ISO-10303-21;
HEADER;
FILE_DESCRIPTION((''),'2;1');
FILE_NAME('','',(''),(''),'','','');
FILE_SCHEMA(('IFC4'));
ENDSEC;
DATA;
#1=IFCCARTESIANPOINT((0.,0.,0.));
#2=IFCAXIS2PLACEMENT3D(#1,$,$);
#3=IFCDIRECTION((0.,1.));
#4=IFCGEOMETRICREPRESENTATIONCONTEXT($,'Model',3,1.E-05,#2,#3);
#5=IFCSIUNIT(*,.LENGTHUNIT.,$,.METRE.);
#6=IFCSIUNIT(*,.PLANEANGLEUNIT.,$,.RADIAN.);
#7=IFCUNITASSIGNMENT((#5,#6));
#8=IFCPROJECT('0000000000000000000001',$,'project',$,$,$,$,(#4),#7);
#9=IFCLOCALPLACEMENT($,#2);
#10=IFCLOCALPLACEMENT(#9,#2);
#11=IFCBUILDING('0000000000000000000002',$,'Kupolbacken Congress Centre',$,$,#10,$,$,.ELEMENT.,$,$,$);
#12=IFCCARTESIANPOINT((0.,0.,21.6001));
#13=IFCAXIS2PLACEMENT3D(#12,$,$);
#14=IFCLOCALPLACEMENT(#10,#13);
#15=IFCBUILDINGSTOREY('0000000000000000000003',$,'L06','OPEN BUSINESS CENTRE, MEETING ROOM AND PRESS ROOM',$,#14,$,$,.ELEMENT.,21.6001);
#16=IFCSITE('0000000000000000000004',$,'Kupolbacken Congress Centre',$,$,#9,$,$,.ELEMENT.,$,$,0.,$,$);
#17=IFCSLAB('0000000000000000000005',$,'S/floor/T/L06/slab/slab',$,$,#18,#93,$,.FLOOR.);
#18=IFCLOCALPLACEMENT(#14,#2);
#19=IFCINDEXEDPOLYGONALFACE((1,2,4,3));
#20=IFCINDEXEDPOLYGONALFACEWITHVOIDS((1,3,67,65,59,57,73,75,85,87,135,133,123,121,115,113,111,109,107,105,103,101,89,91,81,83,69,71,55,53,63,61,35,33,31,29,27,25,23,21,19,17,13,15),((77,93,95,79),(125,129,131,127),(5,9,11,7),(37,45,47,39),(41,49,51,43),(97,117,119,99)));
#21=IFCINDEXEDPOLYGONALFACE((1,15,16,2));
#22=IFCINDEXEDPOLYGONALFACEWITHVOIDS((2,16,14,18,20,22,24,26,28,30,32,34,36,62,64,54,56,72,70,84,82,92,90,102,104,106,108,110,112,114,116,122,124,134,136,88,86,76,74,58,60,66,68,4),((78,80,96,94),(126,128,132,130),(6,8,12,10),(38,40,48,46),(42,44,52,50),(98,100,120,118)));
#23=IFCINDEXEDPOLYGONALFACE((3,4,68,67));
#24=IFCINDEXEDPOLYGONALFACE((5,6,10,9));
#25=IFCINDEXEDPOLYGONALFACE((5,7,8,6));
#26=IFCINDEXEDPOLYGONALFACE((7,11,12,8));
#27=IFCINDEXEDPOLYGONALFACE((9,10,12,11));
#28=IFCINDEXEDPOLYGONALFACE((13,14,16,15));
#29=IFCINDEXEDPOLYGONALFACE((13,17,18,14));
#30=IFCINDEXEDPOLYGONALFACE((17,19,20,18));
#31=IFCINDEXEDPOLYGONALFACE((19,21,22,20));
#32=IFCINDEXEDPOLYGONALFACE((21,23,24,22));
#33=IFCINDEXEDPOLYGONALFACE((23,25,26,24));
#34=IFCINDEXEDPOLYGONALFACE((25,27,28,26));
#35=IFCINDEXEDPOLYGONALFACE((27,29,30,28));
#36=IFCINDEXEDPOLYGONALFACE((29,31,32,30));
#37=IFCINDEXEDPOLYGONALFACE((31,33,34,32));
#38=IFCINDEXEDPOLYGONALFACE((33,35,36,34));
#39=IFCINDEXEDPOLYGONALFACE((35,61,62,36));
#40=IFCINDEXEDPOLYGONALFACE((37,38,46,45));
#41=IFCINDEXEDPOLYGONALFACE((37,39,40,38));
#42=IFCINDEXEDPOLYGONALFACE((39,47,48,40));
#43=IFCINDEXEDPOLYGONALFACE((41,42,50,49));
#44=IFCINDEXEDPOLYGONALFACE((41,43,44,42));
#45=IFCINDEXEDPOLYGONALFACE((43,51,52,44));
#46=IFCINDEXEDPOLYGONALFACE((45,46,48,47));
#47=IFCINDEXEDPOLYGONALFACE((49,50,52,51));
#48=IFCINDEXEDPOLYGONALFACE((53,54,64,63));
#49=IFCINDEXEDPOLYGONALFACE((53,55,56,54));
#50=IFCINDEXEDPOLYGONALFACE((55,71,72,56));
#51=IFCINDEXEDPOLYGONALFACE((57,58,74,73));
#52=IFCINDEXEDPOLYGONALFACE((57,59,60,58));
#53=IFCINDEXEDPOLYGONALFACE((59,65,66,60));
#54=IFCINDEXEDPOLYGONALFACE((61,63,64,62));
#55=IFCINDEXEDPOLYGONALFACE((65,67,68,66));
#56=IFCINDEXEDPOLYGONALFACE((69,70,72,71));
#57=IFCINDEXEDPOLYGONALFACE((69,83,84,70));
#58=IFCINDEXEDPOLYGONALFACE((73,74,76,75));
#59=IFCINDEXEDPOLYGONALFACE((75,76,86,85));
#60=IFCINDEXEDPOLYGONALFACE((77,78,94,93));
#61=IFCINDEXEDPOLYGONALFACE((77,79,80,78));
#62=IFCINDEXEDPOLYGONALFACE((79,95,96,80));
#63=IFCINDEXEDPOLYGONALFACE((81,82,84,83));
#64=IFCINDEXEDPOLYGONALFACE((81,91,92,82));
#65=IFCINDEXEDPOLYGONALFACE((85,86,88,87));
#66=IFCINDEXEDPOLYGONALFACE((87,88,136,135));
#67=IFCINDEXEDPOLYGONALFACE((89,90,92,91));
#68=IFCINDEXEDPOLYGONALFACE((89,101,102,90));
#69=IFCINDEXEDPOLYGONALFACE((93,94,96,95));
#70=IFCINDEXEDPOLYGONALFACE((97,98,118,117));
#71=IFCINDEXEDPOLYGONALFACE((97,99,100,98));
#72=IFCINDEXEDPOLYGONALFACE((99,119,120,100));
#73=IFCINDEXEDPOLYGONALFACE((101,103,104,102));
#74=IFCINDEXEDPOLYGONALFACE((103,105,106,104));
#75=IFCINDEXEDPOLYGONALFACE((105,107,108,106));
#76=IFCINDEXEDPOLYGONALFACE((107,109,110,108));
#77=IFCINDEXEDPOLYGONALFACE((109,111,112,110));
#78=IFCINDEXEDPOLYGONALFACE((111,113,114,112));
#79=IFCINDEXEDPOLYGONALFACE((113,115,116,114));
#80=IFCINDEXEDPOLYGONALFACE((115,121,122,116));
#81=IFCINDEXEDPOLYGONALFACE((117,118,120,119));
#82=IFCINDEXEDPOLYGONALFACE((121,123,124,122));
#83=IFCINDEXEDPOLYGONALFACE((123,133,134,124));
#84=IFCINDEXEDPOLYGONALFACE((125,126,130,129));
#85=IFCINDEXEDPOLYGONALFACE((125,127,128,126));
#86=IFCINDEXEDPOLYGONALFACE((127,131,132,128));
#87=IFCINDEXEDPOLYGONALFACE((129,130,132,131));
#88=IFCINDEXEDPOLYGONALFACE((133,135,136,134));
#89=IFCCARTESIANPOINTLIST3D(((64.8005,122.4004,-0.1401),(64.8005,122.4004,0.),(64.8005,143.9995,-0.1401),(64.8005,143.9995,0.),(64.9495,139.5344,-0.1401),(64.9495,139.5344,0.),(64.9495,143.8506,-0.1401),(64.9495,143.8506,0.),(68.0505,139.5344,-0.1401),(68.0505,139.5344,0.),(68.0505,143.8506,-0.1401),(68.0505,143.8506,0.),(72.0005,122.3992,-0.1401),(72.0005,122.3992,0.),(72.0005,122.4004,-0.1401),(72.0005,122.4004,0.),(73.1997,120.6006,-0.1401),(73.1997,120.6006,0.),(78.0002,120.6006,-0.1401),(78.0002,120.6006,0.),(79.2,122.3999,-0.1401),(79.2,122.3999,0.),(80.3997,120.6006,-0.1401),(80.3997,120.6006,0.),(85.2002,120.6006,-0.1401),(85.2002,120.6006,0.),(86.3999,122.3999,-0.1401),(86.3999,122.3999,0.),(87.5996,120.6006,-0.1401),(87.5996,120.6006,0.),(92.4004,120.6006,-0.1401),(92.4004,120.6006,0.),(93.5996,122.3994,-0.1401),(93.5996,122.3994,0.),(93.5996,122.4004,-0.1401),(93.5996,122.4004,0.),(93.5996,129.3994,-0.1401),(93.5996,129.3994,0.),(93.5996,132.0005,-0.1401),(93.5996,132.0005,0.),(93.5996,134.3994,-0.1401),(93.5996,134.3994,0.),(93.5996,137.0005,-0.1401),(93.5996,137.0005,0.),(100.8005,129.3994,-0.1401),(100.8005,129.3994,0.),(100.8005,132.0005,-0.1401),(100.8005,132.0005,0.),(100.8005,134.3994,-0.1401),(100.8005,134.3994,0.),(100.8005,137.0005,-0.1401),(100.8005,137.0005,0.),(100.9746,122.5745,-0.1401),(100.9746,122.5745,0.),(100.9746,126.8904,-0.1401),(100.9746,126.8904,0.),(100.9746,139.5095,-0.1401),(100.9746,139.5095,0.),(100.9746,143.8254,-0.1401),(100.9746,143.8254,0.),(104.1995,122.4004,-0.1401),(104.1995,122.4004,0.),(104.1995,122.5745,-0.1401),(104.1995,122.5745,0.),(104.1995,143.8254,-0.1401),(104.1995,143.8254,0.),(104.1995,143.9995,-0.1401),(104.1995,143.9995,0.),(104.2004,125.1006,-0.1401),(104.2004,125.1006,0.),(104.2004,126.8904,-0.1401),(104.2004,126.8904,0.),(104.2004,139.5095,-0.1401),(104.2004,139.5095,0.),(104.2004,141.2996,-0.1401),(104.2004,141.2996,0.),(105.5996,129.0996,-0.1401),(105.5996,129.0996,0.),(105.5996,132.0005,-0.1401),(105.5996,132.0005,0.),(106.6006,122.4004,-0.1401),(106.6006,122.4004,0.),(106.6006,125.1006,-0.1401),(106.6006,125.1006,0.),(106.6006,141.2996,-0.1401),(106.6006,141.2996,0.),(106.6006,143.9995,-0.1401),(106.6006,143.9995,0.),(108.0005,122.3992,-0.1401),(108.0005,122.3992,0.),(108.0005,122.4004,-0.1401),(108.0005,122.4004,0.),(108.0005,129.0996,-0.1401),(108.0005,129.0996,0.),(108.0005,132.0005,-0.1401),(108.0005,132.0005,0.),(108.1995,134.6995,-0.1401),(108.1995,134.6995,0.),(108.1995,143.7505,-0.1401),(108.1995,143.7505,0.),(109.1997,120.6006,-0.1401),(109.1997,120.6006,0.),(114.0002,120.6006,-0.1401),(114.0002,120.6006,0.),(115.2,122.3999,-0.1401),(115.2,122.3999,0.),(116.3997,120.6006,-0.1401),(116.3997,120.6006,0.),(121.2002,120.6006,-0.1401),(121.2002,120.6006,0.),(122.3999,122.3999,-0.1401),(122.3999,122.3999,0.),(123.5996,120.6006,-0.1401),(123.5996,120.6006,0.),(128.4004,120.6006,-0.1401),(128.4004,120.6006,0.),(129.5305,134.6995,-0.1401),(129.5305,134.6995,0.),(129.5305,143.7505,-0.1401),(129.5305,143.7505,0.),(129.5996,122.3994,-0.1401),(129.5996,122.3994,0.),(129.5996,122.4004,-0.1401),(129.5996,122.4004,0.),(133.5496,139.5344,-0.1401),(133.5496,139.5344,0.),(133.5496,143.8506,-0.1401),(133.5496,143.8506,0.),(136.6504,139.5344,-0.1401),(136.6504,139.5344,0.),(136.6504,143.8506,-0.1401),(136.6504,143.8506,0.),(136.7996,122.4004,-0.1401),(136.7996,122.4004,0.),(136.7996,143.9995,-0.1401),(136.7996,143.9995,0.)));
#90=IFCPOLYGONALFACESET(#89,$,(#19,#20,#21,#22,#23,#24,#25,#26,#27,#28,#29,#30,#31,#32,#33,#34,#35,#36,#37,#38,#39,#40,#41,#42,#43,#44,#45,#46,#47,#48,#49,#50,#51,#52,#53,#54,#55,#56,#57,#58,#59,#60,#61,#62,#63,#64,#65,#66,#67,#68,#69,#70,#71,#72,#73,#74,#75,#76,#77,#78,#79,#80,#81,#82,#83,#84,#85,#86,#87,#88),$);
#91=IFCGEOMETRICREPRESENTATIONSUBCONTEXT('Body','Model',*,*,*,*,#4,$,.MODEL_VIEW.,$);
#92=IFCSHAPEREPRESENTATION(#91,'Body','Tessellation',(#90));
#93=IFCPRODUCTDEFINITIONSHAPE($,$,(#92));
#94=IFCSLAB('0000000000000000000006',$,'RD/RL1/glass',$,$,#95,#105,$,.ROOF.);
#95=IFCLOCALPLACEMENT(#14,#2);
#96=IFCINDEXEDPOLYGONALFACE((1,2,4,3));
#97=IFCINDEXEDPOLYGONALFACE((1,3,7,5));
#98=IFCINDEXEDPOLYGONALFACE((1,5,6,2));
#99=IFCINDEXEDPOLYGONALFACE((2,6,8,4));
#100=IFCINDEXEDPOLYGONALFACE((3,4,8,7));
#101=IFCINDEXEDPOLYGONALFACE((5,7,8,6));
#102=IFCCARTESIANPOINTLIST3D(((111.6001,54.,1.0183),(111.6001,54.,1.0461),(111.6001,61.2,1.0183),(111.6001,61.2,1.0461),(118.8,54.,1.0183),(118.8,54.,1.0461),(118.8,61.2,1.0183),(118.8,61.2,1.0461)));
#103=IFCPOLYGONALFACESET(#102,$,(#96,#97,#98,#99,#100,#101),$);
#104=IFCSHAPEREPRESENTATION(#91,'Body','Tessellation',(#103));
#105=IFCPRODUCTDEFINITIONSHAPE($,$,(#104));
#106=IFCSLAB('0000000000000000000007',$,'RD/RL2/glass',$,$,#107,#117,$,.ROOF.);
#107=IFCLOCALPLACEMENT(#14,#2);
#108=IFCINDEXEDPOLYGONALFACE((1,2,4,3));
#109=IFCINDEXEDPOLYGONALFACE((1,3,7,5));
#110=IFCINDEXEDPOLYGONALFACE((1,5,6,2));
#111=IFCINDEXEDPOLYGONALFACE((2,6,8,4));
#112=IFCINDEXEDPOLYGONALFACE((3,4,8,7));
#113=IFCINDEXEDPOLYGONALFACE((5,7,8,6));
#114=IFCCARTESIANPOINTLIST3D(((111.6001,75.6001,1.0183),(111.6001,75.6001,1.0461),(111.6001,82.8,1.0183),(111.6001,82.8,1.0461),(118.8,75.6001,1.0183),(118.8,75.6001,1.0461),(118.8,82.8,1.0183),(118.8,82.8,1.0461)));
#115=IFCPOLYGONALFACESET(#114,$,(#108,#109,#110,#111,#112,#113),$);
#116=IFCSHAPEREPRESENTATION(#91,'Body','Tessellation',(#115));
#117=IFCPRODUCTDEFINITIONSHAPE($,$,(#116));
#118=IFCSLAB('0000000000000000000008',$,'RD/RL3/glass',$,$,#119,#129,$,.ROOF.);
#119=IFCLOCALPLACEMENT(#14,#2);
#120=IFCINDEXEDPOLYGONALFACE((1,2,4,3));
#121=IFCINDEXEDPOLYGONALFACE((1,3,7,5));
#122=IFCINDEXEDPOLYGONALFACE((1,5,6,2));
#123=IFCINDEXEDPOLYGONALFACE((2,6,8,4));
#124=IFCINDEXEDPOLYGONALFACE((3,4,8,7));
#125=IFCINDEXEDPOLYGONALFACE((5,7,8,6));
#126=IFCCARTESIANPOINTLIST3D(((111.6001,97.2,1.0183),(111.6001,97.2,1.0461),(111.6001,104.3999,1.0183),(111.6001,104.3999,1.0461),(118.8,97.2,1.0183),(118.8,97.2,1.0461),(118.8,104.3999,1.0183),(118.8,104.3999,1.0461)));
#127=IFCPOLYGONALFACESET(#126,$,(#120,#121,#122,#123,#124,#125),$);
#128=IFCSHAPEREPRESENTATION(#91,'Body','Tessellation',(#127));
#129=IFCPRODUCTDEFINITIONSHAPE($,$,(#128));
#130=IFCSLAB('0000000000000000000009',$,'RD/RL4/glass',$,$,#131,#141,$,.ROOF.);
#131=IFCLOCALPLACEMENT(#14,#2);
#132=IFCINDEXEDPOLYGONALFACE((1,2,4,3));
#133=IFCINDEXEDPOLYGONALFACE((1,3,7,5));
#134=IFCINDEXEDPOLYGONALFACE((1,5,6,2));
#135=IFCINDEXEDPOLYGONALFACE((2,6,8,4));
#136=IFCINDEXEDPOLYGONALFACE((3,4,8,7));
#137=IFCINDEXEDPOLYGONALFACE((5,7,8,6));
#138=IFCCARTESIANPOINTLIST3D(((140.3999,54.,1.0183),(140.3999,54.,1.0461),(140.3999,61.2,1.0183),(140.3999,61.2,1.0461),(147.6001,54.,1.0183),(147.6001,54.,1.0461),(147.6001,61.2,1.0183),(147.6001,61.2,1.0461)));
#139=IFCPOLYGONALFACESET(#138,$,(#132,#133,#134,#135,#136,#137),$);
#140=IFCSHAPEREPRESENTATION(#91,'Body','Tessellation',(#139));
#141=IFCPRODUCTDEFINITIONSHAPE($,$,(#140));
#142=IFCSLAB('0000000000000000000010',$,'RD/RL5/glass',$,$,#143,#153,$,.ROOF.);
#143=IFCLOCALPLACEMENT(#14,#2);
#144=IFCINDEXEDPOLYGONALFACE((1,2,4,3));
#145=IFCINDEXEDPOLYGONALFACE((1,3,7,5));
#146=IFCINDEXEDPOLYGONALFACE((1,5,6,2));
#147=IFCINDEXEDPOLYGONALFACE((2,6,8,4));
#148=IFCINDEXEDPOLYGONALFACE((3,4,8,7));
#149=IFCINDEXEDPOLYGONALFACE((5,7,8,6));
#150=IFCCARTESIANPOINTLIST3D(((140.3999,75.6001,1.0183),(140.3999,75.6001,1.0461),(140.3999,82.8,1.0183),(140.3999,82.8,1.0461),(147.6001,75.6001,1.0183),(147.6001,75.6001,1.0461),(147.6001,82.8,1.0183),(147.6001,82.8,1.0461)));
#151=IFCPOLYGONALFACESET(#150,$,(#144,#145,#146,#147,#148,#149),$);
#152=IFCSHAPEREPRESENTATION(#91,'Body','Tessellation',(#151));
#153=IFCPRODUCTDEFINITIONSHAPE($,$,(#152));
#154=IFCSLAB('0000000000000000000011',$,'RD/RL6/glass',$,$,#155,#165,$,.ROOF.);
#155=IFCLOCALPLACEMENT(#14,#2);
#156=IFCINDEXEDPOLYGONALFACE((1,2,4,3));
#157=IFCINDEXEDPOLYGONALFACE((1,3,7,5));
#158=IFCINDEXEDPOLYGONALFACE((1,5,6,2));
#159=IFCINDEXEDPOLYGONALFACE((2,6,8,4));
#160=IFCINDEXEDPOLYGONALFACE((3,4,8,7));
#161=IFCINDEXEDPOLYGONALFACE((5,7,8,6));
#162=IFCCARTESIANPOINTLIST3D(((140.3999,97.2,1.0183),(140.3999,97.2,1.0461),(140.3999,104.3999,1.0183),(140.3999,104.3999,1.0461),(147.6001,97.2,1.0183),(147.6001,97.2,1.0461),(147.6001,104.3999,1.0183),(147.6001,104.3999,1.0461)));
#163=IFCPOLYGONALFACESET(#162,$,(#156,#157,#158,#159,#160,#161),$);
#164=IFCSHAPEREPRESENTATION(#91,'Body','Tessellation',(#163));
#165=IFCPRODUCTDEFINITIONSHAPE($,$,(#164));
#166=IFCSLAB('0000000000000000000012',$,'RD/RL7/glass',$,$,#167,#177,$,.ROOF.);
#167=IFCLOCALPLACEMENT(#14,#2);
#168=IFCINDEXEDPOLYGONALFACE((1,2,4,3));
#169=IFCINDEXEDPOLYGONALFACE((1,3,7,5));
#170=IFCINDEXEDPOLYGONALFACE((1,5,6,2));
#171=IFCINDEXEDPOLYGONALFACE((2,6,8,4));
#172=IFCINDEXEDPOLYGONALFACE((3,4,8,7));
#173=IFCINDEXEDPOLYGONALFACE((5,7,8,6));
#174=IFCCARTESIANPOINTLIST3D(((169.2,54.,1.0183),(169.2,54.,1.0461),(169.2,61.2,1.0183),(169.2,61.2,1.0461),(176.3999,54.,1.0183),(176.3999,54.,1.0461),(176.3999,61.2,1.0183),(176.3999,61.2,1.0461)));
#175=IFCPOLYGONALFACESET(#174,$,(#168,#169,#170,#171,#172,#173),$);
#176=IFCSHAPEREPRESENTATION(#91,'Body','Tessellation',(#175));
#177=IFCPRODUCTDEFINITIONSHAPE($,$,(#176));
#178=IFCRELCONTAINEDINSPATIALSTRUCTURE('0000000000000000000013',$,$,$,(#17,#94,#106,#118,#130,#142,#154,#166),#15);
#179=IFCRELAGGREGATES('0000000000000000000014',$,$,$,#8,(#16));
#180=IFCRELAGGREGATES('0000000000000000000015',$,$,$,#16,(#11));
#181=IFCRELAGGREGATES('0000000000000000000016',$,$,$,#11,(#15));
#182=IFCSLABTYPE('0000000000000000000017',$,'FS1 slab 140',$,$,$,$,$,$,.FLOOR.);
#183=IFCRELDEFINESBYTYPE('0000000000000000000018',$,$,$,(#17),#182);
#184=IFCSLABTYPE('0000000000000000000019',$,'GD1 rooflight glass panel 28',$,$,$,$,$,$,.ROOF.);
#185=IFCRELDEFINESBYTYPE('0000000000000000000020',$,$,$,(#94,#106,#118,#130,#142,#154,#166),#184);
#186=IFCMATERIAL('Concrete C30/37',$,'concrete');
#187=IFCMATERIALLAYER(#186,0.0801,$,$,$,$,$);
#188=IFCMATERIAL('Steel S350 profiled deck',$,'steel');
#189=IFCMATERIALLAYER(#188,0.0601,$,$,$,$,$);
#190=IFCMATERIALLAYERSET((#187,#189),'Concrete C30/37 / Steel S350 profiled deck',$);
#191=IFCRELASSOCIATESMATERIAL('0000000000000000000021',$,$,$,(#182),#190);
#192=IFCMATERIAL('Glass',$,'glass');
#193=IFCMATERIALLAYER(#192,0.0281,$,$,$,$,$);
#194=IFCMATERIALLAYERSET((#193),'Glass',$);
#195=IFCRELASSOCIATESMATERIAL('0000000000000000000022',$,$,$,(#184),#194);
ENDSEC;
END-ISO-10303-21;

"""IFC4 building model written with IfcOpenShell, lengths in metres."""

from ifc_helpers import new_model, si_unit, direction, frame, origin, place, context, subcontext, project, spatial, polyline, outline, extrude, material, layer, layer_set, type_object, element, save


model = new_model("IFC4")

# Units and contexts
model_context = context("Model", 3, precision=1e-05, world=origin(), true_north=direction((0.0, 1.0)))
body_context = subcontext(model_context, "Body", "Model", "MODEL_VIEW")
ifc_project = project(units=[si_unit("LENGTHUNIT", "METRE"), si_unit("PLANEANGLEUNIT", "RADIAN")], contexts=[model_context])

# Site, building, storey
site_placement = place(None, origin())
site = spatial("IfcSite", under=ifc_project, at=site_placement, Name="Kupolbacken Congress Centre", CompositionType="ELEMENT", RefElevation=0.0)
building_placement = place(site_placement, origin())
building = spatial("IfcBuilding", under=site, at=building_placement, Name="Kupolbacken Congress Centre", CompositionType="ELEMENT")
storey_placement = place(building_placement, frame((0.0, 0.0, 21.6001)))
storey = spatial("IfcBuildingStorey", under=building, at=storey_placement, Name="L06", Description="OPEN BUSINESS CENTRE, MEETING ROOM AND PRESS ROOM", CompositionType="ELEMENT", Elevation=21.6001)

# Slabs
ifc_material_1 = material(Name="Concrete C30/37", Category="concrete")
ifc_layer_1 = layer(ifc_material_1, 0.0801)
ifc_material_2 = material(Name="Steel S350 profiled deck", Category="steel")
ifc_layer_2 = layer(ifc_material_2, 0.0601)
ifc_layer_set_1 = layer_set([ifc_layer_1, ifc_layer_2], Name="Concrete C30/37 / Steel S350 profiled deck")
slab_type_1 = type_object("IfcSlabType", Name="FS1 slab 140", PredefinedType="FLOOR", material=ifc_layer_set_1)
slab_1_placement = place(storey_placement, frame((0.0, 0.0, -0.1401)))
element("IfcSlab", 1, at=slab_1_placement, inside=storey, type_object=slab_type_1, Name="S/floor/T/L06/slab/slab", PredefinedType="FLOOR", context=body_context, shape_type="SweptSolid", body=[
    extrude(outline(polyline([(114.0002, 120.6006), (115.2, 122.3999), (116.3997, 120.6006), (121.2002, 120.6006), (122.3999, 122.3999), (123.5996, 120.6006), (128.4004, 120.6006), (129.5996, 122.3994), (129.5996, 122.4004), (136.7996, 122.4004), (136.7996, 143.9995), (106.6006, 143.9995), (106.6006, 141.2996), (104.2004, 141.2996), (104.2004, 139.5095), (100.9746, 139.5095), (100.9746, 143.8254), (104.1995, 143.8254), (104.1995, 143.9995), (64.8005, 143.9995), (64.8005, 122.4004), (72.0005, 122.4004), (72.0005, 122.3992), (73.1997, 120.6006), (78.0002, 120.6006), (79.2, 122.3999), (80.3997, 120.6006), (85.2002, 120.6006), (86.3999, 122.3999), (87.5996, 120.6006), (92.4004, 120.6006), (93.5996, 122.3994), (93.5996, 122.4004), (104.1995, 122.4004), (104.1995, 122.5745), (100.9746, 122.5745), (100.9746, 126.8904), (104.2004, 126.8904), (104.2004, 125.1006), (106.6006, 125.1006), (106.6006, 122.4004), (108.0005, 122.4004), (108.0005, 122.3992), (109.1997, 120.6006), (114.0002, 120.6006)]), holes=[polyline([(136.6504, 139.5344), (133.5496, 139.5344), (133.5496, 143.8506), (136.6504, 143.8506), (136.6504, 139.5344)]), polyline([(129.5305, 143.7505), (129.5305, 134.6995), (108.1995, 134.6995), (108.1995, 143.7505), (129.5305, 143.7505)]), polyline([(108.0005, 129.0996), (105.5996, 129.0996), (105.5996, 132.0005), (108.0005, 132.0005), (108.0005, 129.0996)]), polyline([(93.5996, 132.0005), (100.8005, 132.0005), (100.8005, 129.3994), (93.5996, 129.3994), (93.5996, 132.0005)]), polyline([(93.5996, 137.0005), (100.8005, 137.0005), (100.8005, 134.3994), (93.5996, 134.3994), (93.5996, 137.0005)]), polyline([(68.0505, 139.5344), (64.9495, 139.5344), (64.9495, 143.8506), (68.0505, 143.8506), (68.0505, 139.5344)])]), origin(), (0.0, 0.0, 1.0), 0.1401),
])
ifc_material_3 = material(Name="Glass", Category="glass")
ifc_layer_3 = layer(ifc_material_3, 0.0281)
ifc_layer_set_2 = layer_set([ifc_layer_3], Name="Glass")
slab_type_2 = type_object("IfcSlabType", Name="GD1 rooflight glass panel 28", PredefinedType="ROOF", material=ifc_layer_set_2)
slab_2_placement = place(storey_placement, frame((0.0, 0.0, 1.0183)))
element("IfcSlab", 2, at=slab_2_placement, inside=storey, type_object=slab_type_2, Name="RD/RL1/glass", PredefinedType="ROOF", context=body_context, shape_type="SweptSolid", body=[
    extrude(outline(polyline([(111.6001, 54.0), (118.8, 54.0), (118.8, 61.2), (111.6001, 61.2), (111.6001, 54.0)])), origin(), (0.0, 0.0, 1.0), 0.0278),
])
slab_3_placement = place(storey_placement, frame((0.0, 0.0, 1.0183)))
element("IfcSlab", 3, at=slab_3_placement, inside=storey, type_object=slab_type_2, Name="RD/RL2/glass", PredefinedType="ROOF", context=body_context, shape_type="SweptSolid", body=[
    extrude(outline(polyline([(111.6001, 75.6001), (118.8, 75.6001), (118.8, 82.8), (111.6001, 82.8), (111.6001, 75.6001)])), origin(), (0.0, 0.0, 1.0), 0.0278),
])
slab_4_placement = place(storey_placement, frame((0.0, 0.0, 1.0183)))
element("IfcSlab", 4, at=slab_4_placement, inside=storey, type_object=slab_type_2, Name="RD/RL3/glass", PredefinedType="ROOF", context=body_context, shape_type="SweptSolid", body=[
    extrude(outline(polyline([(111.6001, 97.2), (118.8, 97.2), (118.8, 104.3999), (111.6001, 104.3999), (111.6001, 97.2)])), origin(), (0.0, 0.0, 1.0), 0.0278),
])
slab_5_placement = place(storey_placement, frame((0.0, 0.0, 1.0183)))
element("IfcSlab", 5, at=slab_5_placement, inside=storey, type_object=slab_type_2, Name="RD/RL4/glass", PredefinedType="ROOF", context=body_context, shape_type="SweptSolid", body=[
    extrude(outline(polyline([(140.3999, 54.0), (147.6001, 54.0), (147.6001, 61.2), (140.3999, 61.2), (140.3999, 54.0)])), origin(), (0.0, 0.0, 1.0), 0.0278),
])
slab_6_placement = place(storey_placement, frame((0.0, 0.0, 1.0183)))
element("IfcSlab", 6, at=slab_6_placement, inside=storey, type_object=slab_type_2, Name="RD/RL5/glass", PredefinedType="ROOF", context=body_context, shape_type="SweptSolid", body=[
    extrude(outline(polyline([(140.3999, 75.6001), (147.6001, 75.6001), (147.6001, 82.8), (140.3999, 82.8), (140.3999, 75.6001)])), origin(), (0.0, 0.0, 1.0), 0.0278),
])
slab_7_placement = place(storey_placement, frame((0.0, 0.0, 1.0183)))
element("IfcSlab", 7, at=slab_7_placement, inside=storey, type_object=slab_type_2, Name="RD/RL6/glass", PredefinedType="ROOF", context=body_context, shape_type="SweptSolid", body=[
    extrude(outline(polyline([(140.3999, 97.2), (147.6001, 97.2), (147.6001, 104.3999), (140.3999, 104.3999), (140.3999, 97.2)])), origin(), (0.0, 0.0, 1.0), 0.0278),
])
slab_8_placement = place(storey_placement, frame((0.0, 0.0, 1.0183)))
element("IfcSlab", 8, at=slab_8_placement, inside=storey, type_object=slab_type_2, Name="RD/RL7/glass", PredefinedType="ROOF", context=body_context, shape_type="SweptSolid", body=[
    extrude(outline(polyline([(169.2, 54.0), (176.3999, 54.0), (176.3999, 61.2), (169.2, 61.2), (169.2, 54.0)])), origin(), (0.0, 0.0, 1.0), 0.0278),
])

save(model, "model.ifc")
